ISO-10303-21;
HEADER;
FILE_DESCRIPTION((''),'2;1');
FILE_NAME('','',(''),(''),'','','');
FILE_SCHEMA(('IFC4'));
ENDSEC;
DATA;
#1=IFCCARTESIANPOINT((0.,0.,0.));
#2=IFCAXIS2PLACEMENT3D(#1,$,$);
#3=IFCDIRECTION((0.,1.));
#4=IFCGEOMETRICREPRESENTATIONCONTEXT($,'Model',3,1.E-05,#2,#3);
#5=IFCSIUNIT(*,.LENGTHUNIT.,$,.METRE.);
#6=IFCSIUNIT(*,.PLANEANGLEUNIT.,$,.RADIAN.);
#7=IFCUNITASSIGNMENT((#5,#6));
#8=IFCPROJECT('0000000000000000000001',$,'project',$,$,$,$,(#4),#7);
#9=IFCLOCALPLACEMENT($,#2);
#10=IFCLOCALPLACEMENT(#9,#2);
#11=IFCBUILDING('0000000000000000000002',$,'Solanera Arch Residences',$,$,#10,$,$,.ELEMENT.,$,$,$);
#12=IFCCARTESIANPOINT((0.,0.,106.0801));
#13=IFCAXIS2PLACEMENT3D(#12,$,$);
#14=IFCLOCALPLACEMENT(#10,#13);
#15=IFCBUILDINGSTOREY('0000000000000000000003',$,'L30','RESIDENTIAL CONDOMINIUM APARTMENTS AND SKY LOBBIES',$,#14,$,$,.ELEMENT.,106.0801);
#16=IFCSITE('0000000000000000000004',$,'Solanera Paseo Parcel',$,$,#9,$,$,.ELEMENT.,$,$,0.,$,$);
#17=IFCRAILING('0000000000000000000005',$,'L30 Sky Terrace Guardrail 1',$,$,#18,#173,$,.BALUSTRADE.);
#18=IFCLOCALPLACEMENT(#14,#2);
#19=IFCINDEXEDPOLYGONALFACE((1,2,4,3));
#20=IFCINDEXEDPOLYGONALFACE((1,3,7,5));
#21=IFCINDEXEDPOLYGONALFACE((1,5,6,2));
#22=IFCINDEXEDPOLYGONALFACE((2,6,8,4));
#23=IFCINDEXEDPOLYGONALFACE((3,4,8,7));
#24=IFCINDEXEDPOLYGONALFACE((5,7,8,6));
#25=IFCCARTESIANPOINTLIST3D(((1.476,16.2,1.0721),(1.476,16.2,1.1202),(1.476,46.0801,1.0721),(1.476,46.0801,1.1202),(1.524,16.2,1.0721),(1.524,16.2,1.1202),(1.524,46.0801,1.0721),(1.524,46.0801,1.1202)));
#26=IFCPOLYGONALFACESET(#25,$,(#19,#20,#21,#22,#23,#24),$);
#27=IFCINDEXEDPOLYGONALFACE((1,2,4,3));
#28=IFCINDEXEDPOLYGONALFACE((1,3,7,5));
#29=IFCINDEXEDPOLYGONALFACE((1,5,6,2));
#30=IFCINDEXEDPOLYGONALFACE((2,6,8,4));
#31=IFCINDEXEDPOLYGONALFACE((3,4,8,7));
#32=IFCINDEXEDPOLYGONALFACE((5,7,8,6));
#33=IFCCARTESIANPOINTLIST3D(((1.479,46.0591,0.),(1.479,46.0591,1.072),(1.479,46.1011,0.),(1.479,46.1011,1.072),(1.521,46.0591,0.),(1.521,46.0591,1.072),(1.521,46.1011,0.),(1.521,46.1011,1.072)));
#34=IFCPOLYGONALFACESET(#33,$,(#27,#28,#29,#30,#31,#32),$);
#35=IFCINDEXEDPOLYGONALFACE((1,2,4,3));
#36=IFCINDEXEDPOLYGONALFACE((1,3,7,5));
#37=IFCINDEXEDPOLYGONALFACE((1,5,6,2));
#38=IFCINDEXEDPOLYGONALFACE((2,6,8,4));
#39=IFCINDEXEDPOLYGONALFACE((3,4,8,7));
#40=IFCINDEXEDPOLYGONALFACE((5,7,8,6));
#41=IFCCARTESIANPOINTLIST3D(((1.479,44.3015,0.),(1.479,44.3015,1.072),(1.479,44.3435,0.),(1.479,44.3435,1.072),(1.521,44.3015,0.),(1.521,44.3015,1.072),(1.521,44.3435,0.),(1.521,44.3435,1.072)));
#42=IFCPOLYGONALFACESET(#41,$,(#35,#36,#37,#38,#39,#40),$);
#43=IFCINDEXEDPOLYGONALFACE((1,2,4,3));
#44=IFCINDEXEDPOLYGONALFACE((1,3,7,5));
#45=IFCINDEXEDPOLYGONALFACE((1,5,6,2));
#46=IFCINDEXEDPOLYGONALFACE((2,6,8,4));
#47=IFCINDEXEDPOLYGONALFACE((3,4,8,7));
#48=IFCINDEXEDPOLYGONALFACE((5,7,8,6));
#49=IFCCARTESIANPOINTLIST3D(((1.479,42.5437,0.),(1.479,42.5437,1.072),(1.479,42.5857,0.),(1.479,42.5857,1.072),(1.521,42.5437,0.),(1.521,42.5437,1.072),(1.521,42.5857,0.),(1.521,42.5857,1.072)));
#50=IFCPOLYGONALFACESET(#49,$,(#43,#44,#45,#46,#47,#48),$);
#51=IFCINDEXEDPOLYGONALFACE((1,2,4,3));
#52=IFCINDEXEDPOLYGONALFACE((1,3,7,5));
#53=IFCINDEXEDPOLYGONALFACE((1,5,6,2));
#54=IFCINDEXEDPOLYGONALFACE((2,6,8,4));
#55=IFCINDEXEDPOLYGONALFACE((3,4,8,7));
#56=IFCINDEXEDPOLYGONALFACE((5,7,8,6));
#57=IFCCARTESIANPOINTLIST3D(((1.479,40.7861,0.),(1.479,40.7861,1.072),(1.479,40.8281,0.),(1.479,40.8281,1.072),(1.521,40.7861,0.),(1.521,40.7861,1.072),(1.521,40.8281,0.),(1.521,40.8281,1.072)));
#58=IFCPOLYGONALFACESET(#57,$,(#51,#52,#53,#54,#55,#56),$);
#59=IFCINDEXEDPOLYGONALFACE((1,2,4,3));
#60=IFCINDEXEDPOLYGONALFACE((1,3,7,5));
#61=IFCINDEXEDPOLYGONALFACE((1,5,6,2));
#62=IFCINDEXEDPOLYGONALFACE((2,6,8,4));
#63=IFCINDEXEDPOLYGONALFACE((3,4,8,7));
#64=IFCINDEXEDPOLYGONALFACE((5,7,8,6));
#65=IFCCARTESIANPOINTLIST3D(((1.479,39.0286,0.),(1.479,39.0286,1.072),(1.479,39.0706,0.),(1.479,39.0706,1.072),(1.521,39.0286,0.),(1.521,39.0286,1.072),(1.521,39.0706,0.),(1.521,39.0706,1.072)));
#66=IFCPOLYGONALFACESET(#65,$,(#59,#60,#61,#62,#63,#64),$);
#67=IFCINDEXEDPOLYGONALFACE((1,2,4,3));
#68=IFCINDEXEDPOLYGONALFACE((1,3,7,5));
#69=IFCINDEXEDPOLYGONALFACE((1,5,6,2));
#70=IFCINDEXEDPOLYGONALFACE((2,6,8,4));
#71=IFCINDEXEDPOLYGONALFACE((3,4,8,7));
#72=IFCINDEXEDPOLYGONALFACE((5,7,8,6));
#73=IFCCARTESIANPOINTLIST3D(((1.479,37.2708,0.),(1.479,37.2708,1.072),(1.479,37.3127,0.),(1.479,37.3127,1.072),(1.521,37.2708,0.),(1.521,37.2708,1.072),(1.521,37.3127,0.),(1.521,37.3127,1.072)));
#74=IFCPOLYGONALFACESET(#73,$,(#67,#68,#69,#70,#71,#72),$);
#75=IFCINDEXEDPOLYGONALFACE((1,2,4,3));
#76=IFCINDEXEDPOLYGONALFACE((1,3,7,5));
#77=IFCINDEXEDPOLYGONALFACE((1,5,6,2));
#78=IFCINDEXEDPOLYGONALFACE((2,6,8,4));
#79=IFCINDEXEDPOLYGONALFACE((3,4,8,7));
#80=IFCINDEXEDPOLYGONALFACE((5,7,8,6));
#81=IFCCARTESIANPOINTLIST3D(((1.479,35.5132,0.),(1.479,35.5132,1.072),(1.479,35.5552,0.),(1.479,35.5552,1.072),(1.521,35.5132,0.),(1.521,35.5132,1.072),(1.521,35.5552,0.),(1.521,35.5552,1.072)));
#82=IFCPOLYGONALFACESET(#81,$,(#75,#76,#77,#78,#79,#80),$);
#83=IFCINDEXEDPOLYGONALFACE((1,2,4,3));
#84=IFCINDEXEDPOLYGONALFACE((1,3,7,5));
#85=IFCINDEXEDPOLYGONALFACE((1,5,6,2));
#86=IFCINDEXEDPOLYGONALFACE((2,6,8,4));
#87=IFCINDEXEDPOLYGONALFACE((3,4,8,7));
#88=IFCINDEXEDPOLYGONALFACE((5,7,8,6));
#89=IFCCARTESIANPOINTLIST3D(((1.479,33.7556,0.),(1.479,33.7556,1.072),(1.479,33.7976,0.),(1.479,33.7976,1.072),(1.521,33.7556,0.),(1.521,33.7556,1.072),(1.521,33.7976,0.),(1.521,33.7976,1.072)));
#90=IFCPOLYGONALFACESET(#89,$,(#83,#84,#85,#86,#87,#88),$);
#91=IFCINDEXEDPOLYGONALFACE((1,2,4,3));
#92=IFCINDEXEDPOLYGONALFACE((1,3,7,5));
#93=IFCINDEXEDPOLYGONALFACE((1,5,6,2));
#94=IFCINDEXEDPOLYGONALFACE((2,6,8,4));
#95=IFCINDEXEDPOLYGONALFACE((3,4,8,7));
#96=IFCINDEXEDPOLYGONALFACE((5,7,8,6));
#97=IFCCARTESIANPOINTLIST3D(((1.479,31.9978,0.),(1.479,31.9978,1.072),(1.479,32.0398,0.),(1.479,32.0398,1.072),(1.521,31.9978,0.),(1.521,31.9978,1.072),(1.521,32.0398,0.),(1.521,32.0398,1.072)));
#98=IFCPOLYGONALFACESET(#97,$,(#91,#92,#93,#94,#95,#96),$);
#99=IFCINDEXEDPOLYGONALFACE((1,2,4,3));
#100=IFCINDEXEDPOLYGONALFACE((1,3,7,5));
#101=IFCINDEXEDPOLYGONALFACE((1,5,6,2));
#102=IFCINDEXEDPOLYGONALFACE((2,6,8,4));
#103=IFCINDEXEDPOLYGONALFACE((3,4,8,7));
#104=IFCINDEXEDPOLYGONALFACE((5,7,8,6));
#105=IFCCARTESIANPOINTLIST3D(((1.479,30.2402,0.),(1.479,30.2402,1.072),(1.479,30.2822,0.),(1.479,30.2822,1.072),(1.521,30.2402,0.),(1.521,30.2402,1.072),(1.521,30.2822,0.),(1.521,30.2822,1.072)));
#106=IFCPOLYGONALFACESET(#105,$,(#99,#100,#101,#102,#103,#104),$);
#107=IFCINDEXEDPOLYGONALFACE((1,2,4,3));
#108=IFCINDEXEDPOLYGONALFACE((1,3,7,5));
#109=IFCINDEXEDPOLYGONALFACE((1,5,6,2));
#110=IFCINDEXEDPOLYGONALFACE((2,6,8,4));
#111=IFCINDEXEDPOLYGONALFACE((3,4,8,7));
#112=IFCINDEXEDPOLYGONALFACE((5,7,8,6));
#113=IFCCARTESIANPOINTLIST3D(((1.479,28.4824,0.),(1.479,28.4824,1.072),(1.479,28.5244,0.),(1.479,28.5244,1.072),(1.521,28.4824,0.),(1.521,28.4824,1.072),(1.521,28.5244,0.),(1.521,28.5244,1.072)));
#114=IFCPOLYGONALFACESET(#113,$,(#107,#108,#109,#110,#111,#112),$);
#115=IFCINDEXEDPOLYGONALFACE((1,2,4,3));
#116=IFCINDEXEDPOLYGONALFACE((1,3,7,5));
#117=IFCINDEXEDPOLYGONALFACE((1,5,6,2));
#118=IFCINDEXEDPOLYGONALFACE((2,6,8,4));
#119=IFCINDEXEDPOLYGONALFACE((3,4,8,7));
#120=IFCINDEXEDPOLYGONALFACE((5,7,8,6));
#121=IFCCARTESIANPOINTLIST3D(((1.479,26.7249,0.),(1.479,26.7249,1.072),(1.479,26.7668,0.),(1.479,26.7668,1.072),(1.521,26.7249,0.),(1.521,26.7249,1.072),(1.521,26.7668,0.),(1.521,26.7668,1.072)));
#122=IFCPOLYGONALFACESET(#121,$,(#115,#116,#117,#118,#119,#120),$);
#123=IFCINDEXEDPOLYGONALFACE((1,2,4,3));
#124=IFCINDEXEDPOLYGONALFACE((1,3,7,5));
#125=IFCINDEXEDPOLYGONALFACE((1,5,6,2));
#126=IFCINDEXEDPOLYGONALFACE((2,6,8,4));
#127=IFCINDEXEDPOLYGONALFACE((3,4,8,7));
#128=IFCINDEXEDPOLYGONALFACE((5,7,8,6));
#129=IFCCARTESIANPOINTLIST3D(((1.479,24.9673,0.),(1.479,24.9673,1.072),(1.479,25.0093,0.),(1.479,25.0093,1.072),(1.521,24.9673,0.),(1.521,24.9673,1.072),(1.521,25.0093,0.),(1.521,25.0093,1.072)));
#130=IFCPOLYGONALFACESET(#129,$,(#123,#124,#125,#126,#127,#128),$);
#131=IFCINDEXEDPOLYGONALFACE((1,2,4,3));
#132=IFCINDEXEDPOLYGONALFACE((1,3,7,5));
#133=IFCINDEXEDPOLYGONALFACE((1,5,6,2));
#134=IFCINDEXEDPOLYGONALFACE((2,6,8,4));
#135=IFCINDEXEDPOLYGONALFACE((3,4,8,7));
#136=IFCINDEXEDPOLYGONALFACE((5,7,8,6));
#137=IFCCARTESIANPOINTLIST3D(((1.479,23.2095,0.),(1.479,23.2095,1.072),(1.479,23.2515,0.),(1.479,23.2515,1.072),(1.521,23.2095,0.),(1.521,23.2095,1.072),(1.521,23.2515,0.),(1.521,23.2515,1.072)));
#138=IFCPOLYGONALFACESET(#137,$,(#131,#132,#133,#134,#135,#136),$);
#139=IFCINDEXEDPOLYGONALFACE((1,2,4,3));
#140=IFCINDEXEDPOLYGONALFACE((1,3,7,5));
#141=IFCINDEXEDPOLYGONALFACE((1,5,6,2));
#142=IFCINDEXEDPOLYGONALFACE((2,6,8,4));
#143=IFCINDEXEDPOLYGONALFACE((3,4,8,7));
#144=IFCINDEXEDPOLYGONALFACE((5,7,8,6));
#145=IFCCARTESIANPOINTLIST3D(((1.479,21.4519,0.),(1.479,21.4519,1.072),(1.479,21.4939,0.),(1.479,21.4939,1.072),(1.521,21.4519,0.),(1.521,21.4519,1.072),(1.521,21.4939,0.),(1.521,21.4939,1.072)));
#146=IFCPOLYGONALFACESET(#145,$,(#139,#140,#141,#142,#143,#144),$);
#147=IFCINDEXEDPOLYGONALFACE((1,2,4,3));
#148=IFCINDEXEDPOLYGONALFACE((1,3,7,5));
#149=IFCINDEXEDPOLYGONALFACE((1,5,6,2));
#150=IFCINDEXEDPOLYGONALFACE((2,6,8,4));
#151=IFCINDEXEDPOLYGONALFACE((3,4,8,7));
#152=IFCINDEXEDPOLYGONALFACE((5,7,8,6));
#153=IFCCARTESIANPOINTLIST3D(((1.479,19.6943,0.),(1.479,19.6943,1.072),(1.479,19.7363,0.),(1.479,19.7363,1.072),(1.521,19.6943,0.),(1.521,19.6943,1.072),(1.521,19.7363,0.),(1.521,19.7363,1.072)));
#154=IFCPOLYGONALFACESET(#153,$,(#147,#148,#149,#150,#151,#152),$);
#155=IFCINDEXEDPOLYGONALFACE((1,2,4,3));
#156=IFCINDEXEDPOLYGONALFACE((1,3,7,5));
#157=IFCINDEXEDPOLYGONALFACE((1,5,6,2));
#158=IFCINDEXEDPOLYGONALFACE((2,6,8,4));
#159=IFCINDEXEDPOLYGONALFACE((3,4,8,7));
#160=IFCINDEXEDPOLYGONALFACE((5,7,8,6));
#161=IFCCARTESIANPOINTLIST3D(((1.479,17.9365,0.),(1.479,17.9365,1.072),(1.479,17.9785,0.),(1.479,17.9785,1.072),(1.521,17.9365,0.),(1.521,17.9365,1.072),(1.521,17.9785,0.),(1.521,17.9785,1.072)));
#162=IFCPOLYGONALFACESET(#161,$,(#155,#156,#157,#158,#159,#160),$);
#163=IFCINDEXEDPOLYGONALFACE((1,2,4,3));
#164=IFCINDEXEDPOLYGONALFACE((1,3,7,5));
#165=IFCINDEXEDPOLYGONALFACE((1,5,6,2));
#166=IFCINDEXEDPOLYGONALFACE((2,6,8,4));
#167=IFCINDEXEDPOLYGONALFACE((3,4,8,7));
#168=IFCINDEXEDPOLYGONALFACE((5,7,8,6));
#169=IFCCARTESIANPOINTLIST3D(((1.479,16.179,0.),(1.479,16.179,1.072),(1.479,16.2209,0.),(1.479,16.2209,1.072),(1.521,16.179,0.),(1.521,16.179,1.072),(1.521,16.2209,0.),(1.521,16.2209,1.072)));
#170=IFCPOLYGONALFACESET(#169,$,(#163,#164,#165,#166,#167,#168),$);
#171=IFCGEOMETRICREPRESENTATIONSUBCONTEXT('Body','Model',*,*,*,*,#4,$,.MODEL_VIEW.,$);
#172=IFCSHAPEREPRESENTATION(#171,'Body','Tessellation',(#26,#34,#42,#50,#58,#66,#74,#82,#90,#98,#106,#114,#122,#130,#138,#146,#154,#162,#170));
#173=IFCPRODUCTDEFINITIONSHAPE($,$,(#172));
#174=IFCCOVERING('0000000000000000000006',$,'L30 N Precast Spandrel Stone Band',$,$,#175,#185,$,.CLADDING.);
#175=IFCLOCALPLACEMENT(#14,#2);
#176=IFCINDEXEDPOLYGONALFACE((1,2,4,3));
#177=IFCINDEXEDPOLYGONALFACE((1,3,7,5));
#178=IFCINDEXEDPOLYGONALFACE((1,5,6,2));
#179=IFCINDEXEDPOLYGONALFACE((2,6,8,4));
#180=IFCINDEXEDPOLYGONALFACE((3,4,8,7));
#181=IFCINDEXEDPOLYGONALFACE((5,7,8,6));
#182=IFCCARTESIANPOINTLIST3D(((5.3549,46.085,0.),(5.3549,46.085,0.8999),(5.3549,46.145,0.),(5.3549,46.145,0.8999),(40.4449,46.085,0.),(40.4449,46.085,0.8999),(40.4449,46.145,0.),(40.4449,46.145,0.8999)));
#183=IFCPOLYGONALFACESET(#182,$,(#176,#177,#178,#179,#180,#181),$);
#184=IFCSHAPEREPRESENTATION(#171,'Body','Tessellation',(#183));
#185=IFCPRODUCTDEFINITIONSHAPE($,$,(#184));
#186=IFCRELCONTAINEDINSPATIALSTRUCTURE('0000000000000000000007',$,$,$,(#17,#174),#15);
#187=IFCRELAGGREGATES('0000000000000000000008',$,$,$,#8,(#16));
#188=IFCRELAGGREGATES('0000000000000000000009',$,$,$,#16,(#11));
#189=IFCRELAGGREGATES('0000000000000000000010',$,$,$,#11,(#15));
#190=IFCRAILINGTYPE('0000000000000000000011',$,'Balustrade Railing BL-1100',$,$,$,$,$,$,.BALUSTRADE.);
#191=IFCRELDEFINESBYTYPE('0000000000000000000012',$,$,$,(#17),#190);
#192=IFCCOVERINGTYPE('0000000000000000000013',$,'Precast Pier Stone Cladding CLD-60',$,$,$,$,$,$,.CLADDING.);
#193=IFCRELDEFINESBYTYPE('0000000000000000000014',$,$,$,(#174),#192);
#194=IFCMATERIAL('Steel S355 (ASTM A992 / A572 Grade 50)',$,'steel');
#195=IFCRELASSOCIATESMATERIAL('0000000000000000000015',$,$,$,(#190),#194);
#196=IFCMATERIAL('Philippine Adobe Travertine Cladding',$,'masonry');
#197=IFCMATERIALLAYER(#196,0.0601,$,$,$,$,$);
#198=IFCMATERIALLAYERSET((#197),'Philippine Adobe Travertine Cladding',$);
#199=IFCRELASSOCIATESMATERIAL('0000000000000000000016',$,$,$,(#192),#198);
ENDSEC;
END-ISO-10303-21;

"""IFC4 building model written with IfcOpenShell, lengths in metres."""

from ifc_helpers import new_model, si_unit, direction, frame, frame_2d, origin, origin_2d, place, context, subcontext, project, spatial, rectangle, extrude, material, layer, layer_set, type_object, element, save


model = new_model("IFC4")

# Units and contexts
model_context = context("Model", 3, precision=1e-05, world=origin(), true_north=direction((0.0, 1.0)))
body_context = subcontext(model_context, "Body", "Model", "MODEL_VIEW")
ifc_project = project(units=[si_unit("LENGTHUNIT", "METRE"), si_unit("PLANEANGLEUNIT", "RADIAN")], contexts=[model_context])

# Site, building, storey
site_placement = place(None, origin())
site = spatial("IfcSite", under=ifc_project, at=site_placement, Name="Solanera Paseo Parcel", CompositionType="ELEMENT", RefElevation=0.0)
building_placement = place(site_placement, origin())
building = spatial("IfcBuilding", under=site, at=building_placement, Name="Solanera Arch Residences", CompositionType="ELEMENT")
storey_placement = place(building_placement, frame((0.0, 0.0, 106.0801)))
storey = spatial("IfcBuildingStorey", under=building, at=storey_placement, Name="L30", Description="RESIDENTIAL CONDOMINIUM APARTMENTS AND SKY LOBBIES", CompositionType="ELEMENT", Elevation=106.0801)

# Railing
ifc_material_1 = material(Name="Steel S355 (ASTM A992 / A572 Grade 50)", Category="steel")
railing_type = type_object("IfcRailingType", Name="Balustrade Railing BL-1100", PredefinedType="BALUSTRADE", material=ifc_material_1)
railing_1_placement = place(storey_placement, frame((1.5, 46.0801, 0.0)))
element("IfcRailing", 1, at=railing_1_placement, inside=storey, type_object=railing_type, Name="L30 Sky Terrace Guardrail 1", PredefinedType="BALUSTRADE", context=body_context, shape_type="SweptSolid", body=[
    extrude(rectangle(XDim=0.0481, YDim=0.0481, at=origin_2d()), frame((0.0, 0.0, 1.0962), z_axis=(0.0, -1.0, 0.0), x_axis=(1.0, 0.0, 0.0)), (0.0, 0.0, 1.0), 29.8801),
    extrude(rectangle(XDim=0.042, YDim=0.042, at=origin_2d()), origin(), (0.0, 0.0, 1.0), 1.072),
    extrude(rectangle(XDim=0.042, YDim=0.042, at=origin_2d()), frame((0.0, -1.7576, 0.0)), (0.0, 0.0, 1.0), 1.072),
    extrude(rectangle(XDim=0.042, YDim=0.042, at=origin_2d()), frame((0.0, -3.5154, 0.0)), (0.0, 0.0, 1.0), 1.072),
    extrude(rectangle(XDim=0.042, YDim=0.042, at=origin_2d()), frame((0.0, -5.2729, 0.0)), (0.0, 0.0, 1.0), 1.072),
    extrude(rectangle(XDim=0.042, YDim=0.042, at=origin_2d()), frame((0.0, -7.0305, 0.0)), (0.0, 0.0, 1.0), 1.072),
    extrude(rectangle(XDim=0.042, YDim=0.042, at=origin_2d()), frame((0.0, -8.7883, 0.0)), (0.0, 0.0, 1.0), 1.072),
    extrude(rectangle(XDim=0.042, YDim=0.042, at=origin_2d()), frame((0.0, -10.5459, 0.0)), (0.0, 0.0, 1.0), 1.072),
    extrude(rectangle(XDim=0.042, YDim=0.042, at=origin_2d()), frame((0.0, -12.3035, 0.0)), (0.0, 0.0, 1.0), 1.072),
    extrude(rectangle(XDim=0.042, YDim=0.042, at=origin_2d()), frame((0.0, -14.0613, 0.0)), (0.0, 0.0, 1.0), 1.072),
    extrude(rectangle(XDim=0.042, YDim=0.042, at=origin_2d()), frame((0.0, -15.8188, 0.0)), (0.0, 0.0, 1.0), 1.072),
    extrude(rectangle(XDim=0.042, YDim=0.042, at=origin_2d()), frame((0.0, -17.5767, 0.0)), (0.0, 0.0, 1.0), 1.072),
    extrude(rectangle(XDim=0.042, YDim=0.042, at=origin_2d()), frame((0.0, -19.3342, 0.0)), (0.0, 0.0, 1.0), 1.072),
    extrude(rectangle(XDim=0.042, YDim=0.042, at=origin_2d()), frame((0.0, -21.0918, 0.0)), (0.0, 0.0, 1.0), 1.072),
    extrude(rectangle(XDim=0.042, YDim=0.042, at=origin_2d()), frame((0.0, -22.8496, 0.0)), (0.0, 0.0, 1.0), 1.072),
    extrude(rectangle(XDim=0.042, YDim=0.042, at=origin_2d()), frame((0.0, -24.6072, 0.0)), (0.0, 0.0, 1.0), 1.072),
    extrude(rectangle(XDim=0.042, YDim=0.042, at=origin_2d()), frame((0.0, -26.3647, 0.0)), (0.0, 0.0, 1.0), 1.072),
    extrude(rectangle(XDim=0.042, YDim=0.042, at=origin_2d()), frame((0.0, -28.1226, 0.0)), (0.0, 0.0, 1.0), 1.072),
    extrude(rectangle(XDim=0.042, YDim=0.042, at=origin_2d()), frame((0.0, -29.8801, 0.0)), (0.0, 0.0, 1.0), 1.072),
])

# Covering
ifc_material_2 = material(Name="Philippine Adobe Travertine Cladding", Category="masonry")
ifc_layer_1 = layer(ifc_material_2, 0.0601)
ifc_layer_set_1 = layer_set([ifc_layer_1], Name="Philippine Adobe Travertine Cladding")
covering_type = type_object("IfcCoveringType", Name="Precast Pier Stone Cladding CLD-60", PredefinedType="CLADDING", material=ifc_layer_set_1)
covering_placement = place(storey_placement, frame((5.355, 46.115, 0.0), z_axis=(0.0, 0.0, 1.0), x_axis=(1.0, 0.0, 0.0)))
element("IfcCovering", 2, at=covering_placement, inside=storey, type_object=covering_type, Name="L30 N Precast Spandrel Stone Band", PredefinedType="CLADDING", context=body_context, shape_type="SweptSolid", body=[
    extrude(rectangle(XDim=35.0901, YDim=0.0601, at=frame_2d((17.5449, 0.0))), origin(), (0.0, 0.0, 1.0), 0.8999),
])

save(model, "model.ifc")
